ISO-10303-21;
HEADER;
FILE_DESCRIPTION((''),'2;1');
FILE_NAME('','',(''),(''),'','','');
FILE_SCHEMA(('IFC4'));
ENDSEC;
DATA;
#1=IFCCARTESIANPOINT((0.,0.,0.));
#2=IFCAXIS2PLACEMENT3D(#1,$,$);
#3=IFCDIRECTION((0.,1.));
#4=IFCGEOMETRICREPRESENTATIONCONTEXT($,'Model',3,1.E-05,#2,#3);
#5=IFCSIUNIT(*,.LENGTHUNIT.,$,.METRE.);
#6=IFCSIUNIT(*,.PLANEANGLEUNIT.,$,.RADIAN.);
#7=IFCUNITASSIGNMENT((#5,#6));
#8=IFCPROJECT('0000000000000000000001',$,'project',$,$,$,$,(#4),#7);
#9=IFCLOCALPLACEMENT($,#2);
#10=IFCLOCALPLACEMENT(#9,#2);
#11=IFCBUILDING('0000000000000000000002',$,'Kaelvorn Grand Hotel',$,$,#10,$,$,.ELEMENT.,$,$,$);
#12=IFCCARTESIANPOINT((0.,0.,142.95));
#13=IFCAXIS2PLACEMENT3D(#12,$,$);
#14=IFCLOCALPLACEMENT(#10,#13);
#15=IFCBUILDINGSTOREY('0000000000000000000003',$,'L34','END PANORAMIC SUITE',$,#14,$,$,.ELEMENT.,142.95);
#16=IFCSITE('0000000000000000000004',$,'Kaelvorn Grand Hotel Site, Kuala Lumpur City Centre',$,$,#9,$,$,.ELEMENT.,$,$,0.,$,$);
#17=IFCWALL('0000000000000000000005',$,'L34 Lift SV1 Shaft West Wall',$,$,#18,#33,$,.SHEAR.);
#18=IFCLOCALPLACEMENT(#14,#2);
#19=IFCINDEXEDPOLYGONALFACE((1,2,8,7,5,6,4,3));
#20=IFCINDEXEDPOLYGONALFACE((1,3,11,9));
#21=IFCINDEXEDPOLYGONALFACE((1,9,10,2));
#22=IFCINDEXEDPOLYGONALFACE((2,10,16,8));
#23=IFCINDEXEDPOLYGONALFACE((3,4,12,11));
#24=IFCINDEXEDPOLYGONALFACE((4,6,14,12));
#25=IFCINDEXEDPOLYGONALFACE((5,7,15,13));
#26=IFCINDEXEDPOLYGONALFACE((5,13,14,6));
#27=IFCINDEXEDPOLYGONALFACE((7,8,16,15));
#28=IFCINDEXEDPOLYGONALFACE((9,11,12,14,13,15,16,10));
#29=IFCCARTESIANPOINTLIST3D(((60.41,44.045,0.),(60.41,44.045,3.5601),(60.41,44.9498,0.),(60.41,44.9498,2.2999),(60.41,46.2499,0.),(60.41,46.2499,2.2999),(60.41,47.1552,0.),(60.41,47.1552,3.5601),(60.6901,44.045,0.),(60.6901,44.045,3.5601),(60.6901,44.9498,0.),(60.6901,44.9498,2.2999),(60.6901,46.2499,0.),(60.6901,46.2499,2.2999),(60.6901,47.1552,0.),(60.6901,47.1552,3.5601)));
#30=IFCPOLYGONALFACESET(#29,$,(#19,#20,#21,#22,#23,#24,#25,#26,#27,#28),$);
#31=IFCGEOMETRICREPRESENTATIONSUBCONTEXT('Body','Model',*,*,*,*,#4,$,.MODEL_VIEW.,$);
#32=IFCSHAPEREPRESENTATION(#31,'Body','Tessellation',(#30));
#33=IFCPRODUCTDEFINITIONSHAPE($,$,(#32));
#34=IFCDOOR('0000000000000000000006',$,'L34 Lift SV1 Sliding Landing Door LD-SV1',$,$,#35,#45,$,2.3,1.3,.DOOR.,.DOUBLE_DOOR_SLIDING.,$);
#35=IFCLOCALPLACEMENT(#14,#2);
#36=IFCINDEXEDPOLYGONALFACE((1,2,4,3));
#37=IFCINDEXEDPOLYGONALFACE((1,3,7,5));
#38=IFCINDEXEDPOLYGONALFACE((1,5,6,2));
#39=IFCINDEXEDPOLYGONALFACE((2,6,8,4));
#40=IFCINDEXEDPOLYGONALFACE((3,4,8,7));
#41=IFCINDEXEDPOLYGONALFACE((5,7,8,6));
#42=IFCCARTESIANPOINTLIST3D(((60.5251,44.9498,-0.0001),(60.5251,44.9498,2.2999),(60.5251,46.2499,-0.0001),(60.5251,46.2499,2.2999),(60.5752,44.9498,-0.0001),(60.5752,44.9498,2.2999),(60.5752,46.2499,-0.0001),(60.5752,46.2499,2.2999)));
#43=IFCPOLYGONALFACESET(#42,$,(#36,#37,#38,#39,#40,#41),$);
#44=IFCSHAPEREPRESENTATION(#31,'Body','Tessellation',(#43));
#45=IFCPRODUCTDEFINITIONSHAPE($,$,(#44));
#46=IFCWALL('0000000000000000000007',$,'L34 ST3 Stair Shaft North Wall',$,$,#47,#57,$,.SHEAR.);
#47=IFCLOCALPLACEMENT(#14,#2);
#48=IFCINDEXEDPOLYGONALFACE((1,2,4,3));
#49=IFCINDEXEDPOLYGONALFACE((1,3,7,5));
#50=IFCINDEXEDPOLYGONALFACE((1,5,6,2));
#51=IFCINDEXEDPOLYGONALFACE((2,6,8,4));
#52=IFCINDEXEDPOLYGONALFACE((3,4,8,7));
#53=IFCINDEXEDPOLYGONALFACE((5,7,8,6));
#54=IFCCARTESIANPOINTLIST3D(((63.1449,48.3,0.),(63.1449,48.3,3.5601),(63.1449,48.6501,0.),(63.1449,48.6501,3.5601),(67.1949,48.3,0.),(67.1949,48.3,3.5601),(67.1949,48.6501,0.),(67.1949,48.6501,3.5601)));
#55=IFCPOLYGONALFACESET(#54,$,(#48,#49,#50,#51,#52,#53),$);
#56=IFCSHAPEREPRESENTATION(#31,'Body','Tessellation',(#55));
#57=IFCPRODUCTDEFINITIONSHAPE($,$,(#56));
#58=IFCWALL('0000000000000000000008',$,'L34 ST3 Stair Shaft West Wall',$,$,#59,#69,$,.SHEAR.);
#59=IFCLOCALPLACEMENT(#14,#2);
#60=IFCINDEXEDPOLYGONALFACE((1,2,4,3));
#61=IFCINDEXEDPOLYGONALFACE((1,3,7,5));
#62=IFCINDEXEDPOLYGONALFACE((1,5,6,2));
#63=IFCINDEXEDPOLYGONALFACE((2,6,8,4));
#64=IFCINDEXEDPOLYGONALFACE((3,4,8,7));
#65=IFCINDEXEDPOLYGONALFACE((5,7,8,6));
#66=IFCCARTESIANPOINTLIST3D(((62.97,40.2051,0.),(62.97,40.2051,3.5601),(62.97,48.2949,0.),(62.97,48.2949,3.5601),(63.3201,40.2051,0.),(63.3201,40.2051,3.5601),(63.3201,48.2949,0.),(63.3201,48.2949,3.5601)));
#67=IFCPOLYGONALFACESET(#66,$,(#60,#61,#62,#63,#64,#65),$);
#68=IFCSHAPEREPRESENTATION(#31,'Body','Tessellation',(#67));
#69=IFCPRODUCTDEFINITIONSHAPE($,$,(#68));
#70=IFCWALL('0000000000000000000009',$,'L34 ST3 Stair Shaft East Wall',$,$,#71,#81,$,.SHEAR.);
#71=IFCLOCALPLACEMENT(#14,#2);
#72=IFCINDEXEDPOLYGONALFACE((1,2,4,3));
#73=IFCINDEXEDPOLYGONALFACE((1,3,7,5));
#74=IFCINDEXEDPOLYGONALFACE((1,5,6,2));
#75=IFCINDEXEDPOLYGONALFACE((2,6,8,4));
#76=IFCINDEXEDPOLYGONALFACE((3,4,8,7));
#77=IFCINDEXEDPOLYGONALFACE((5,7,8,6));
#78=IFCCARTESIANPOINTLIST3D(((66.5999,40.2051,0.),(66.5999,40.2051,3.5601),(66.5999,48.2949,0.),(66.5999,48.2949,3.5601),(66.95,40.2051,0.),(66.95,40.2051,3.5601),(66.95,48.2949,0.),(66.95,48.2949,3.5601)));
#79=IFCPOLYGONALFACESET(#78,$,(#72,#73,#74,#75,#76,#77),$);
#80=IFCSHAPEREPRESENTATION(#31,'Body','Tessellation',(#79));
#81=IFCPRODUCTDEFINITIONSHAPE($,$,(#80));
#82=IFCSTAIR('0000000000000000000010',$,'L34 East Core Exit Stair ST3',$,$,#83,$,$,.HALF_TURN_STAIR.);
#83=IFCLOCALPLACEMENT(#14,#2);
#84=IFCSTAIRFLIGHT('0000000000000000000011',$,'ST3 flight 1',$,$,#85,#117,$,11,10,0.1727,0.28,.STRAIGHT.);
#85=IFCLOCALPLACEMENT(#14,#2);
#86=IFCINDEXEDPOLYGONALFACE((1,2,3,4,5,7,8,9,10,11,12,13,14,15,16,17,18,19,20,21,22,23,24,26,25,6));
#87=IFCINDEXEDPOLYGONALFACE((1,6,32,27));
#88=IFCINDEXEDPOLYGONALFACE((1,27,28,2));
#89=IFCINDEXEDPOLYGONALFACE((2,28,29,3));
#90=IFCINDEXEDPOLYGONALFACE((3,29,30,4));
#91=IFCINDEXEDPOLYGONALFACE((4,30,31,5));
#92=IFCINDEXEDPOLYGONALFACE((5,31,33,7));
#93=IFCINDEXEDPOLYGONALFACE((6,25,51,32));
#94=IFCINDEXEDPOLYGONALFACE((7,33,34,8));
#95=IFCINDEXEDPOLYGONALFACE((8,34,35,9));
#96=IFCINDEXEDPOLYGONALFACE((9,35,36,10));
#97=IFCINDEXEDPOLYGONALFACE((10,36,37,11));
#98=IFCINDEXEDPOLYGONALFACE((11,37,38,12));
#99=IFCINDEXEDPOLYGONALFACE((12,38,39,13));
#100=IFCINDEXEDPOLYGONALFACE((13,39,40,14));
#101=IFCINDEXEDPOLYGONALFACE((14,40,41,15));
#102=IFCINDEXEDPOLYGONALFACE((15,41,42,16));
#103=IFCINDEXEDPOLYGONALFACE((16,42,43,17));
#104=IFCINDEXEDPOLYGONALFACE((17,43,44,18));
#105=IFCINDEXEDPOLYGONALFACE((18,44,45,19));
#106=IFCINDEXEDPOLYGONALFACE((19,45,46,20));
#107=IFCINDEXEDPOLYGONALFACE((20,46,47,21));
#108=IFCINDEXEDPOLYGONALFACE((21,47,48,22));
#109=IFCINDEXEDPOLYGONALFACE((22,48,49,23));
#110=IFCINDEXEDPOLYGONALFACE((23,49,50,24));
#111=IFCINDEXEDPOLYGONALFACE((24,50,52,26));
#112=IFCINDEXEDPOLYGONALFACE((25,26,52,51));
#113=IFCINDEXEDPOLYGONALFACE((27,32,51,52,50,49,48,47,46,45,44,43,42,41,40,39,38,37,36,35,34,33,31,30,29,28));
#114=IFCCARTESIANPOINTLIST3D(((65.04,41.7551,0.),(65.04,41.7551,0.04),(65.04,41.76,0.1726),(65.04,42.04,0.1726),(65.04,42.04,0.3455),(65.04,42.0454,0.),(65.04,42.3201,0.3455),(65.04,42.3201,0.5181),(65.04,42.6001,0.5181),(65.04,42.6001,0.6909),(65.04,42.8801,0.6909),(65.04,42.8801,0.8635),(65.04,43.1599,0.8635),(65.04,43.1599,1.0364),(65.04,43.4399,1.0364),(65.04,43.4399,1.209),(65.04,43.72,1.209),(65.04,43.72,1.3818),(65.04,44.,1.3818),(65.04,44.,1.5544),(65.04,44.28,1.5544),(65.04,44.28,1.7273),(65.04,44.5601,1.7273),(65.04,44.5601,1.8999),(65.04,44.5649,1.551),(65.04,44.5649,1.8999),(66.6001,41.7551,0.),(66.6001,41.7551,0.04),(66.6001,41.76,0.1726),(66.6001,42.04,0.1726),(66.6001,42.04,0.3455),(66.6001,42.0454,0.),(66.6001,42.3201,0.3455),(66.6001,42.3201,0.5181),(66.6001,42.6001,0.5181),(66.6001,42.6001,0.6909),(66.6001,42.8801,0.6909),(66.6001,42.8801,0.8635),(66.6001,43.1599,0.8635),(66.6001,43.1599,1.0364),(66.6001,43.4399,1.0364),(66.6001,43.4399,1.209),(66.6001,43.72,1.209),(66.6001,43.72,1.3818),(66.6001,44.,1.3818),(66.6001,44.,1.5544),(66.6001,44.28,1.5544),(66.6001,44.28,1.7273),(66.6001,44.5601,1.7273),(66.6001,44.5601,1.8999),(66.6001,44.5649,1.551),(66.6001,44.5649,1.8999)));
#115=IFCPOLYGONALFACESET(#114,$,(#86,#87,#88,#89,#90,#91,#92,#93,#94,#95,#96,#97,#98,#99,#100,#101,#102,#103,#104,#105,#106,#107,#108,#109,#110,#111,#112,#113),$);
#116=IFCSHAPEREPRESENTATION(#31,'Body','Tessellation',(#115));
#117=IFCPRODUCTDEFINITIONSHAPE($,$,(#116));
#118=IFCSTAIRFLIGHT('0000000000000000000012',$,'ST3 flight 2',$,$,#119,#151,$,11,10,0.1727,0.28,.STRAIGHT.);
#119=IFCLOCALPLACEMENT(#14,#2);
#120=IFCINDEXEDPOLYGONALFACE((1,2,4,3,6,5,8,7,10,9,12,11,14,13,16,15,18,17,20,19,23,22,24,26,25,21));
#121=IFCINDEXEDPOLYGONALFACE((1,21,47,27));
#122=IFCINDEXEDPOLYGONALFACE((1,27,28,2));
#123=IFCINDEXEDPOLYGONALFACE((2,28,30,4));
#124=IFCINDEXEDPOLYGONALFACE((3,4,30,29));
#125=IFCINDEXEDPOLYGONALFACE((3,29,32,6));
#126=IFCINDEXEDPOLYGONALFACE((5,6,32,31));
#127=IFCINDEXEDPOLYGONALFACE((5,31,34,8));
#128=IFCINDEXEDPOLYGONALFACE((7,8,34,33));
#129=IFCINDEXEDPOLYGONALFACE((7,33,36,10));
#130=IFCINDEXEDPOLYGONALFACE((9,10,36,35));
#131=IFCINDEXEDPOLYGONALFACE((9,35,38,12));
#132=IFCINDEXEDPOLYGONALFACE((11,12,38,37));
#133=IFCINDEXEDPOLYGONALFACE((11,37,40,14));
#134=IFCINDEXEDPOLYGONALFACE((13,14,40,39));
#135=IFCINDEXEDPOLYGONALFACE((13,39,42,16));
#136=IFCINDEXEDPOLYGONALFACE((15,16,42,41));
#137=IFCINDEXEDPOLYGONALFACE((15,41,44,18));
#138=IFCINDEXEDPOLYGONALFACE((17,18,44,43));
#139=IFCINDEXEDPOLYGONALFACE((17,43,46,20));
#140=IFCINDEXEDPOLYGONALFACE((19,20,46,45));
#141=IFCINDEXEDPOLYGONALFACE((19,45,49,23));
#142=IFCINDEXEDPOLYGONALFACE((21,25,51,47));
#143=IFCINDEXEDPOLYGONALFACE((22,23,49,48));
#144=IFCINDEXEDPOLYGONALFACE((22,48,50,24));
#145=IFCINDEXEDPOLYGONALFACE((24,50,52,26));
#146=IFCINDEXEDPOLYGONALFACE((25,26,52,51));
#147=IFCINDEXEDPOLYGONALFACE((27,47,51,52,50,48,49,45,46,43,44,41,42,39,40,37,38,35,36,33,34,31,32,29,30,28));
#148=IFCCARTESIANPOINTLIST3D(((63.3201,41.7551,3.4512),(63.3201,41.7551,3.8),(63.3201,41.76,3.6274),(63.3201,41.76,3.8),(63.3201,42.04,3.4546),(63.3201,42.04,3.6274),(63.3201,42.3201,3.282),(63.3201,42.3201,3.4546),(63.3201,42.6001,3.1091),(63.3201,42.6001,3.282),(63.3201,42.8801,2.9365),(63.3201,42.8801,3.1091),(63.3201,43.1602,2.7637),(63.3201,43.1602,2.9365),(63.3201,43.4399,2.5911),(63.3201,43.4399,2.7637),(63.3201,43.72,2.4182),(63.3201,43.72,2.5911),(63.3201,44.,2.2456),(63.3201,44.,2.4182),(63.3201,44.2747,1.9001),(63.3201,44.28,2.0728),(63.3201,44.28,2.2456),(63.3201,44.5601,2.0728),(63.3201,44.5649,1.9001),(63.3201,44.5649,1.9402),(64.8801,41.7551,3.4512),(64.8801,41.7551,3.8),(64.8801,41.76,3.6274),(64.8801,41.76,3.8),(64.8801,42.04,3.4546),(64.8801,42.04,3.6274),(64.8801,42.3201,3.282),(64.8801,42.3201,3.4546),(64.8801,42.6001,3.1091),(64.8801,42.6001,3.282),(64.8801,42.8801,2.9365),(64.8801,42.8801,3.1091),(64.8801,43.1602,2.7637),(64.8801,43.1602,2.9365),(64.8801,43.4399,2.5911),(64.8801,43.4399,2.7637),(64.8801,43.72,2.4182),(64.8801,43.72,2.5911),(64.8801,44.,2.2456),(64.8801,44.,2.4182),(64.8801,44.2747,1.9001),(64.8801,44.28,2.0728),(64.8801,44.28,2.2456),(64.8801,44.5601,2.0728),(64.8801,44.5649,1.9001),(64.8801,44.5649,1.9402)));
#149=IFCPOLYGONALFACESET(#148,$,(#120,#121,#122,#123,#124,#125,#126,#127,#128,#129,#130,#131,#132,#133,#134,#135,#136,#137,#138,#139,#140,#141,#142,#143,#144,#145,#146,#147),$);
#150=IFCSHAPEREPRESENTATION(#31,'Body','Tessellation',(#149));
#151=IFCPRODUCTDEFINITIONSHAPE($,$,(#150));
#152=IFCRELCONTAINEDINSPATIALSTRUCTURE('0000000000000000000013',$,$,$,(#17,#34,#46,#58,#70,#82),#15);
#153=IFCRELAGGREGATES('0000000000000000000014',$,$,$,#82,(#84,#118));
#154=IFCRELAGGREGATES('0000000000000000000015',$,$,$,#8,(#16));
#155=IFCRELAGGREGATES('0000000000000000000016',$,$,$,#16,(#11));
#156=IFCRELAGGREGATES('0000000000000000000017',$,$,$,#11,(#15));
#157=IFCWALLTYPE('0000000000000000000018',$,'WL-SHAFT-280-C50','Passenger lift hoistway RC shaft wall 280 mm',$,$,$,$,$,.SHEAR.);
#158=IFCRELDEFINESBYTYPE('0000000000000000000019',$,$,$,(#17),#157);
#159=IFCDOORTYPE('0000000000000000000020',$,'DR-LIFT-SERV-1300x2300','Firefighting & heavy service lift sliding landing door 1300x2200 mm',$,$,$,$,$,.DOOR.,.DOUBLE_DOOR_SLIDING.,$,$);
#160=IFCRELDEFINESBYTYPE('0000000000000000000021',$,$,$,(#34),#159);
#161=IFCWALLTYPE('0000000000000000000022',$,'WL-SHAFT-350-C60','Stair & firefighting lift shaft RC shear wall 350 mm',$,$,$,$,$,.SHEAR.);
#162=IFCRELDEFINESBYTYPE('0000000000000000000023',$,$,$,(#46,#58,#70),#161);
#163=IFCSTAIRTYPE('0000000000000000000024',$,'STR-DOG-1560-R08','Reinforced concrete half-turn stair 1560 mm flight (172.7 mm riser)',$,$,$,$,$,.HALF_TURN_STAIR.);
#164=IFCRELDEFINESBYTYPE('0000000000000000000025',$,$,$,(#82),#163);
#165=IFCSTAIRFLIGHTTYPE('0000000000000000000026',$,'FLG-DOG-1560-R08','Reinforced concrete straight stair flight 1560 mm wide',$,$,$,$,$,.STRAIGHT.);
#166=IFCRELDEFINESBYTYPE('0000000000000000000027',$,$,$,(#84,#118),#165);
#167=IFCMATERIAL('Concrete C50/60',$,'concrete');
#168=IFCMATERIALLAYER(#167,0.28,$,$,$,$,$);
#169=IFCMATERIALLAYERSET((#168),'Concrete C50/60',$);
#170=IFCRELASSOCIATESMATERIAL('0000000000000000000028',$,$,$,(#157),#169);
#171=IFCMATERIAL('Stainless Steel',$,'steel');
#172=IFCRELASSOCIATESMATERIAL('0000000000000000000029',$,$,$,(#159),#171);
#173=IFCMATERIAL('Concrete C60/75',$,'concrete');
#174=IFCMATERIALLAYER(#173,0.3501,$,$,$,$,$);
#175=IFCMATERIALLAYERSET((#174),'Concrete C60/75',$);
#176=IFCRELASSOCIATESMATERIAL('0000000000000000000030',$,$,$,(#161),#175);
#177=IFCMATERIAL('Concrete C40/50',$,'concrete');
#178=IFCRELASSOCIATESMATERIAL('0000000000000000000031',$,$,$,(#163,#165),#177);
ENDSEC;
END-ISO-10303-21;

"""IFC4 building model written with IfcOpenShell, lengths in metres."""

from ifc_helpers import new_model, si_unit, direction, frame, frame_2d, origin, place, context, subcontext, project, spatial, polyline, rectangle, outline, extrude, material, layer, layer_set, type_object, element, fill, aggregate, save


model = new_model("IFC4")

# Units and contexts
model_context = context("Model", 3, precision=1e-05, world=origin(), true_north=direction((0.0, 1.0)))
body_context = subcontext(model_context, "Body", "Model", "MODEL_VIEW")
ifc_project = project(units=[si_unit("LENGTHUNIT", "METRE"), si_unit("PLANEANGLEUNIT", "RADIAN")], contexts=[model_context])

# Site, building, storey
site_placement = place(None, origin())
site = spatial("IfcSite", under=ifc_project, at=site_placement, Name="Kaelvorn Grand Hotel Site, Kuala Lumpur City Centre", CompositionType="ELEMENT", RefElevation=0.0)
building_placement = place(site_placement, origin())
building = spatial("IfcBuilding", under=site, at=building_placement, Name="Kaelvorn Grand Hotel", CompositionType="ELEMENT")
storey_placement = place(building_placement, frame((0.0, 0.0, 142.95)))
storey = spatial("IfcBuildingStorey", under=building, at=storey_placement, Name="L34", Description="END PANORAMIC SUITE", CompositionType="ELEMENT", Elevation=142.95)

# Shared definitions
ifc_material_1 = material(Name="Concrete C60/75", Category="concrete")

# Shared definitions
ifc_material_2 = material(Name="Concrete C50/60", Category="concrete")

# Shared definitions
ifc_material_3 = material(Name="Concrete C40/50", Category="concrete")
ifc_layer_1 = layer(ifc_material_2, 0.28)
ifc_layer_set_1 = layer_set([ifc_layer_1], Name="Concrete C50/60")
wall_type_1 = type_object("IfcWallType", Name="WL-SHAFT-280-C50", Description="Passenger lift hoistway RC shaft wall 280 mm", PredefinedType="SHEAR", material=ifc_layer_set_1)

# Wall, opening, door
wall_1_placement = place(storey_placement, frame((60.55, 44.0449, 0.0), z_axis=(0.0, 0.0, 1.0), x_axis=(0.0, 1.0, 0.0)))
wall_1 = element("IfcWall", 1, at=wall_1_placement, inside=storey, type_object=wall_type_1, Name="L34 Lift SV1 Shaft West Wall", PredefinedType="SHEAR", context=body_context, shape_type="SweptSolid", body=[
    extrude(rectangle(XDim=3.1101, YDim=0.28, at=frame_2d((1.5552, 0.0))), origin(), (0.0, 0.0, 1.0), 3.5601),
])
opening_1_placement = place(wall_1_placement, frame((0.905, 0.0, 0.0)))
opening_1 = element("IfcOpeningElement", 2, at=opening_1_placement, cuts=wall_1, PredefinedType="OPENING", context=body_context, shape_type="SweptSolid", body=[
    extrude(rectangle(XDim=1.3, YDim=2.3, at=frame_2d((0.6499, 1.1499))), frame((0.0, 0.1499, 0.0), z_axis=(0.0, -1.0, 0.0), x_axis=(1.0, 0.0, 0.0)), (0.0, 0.0, 1.0), 0.3),
])
ifc_material_4 = material(Name="Stainless Steel", Category="steel")
door_type_1 = type_object("IfcDoorType", Name="DR-LIFT-SERV-1300x2300", Description="Firefighting & heavy service lift sliding landing door 1300x2200 mm", OperationType="DOUBLE_DOOR_SLIDING", PredefinedType="DOOR", material=ifc_material_4)
door_1_placement = place(opening_1_placement, origin())
door_1 = element("IfcDoor", 3, at=door_1_placement, inside=storey, type_object=door_type_1, Name="L34 Lift SV1 Sliding Landing Door LD-SV1", OperationType="DOUBLE_DOOR_SLIDING", OverallHeight=2.3, OverallWidth=1.3, PredefinedType="DOOR", context=body_context, shape_type="SweptSolid", body=[
    extrude(rectangle(XDim=1.3, YDim=2.3, at=frame_2d((0.6499, 1.1499))), frame((0.0, 0.0249, 0.0), z_axis=(0.0, -1.0, 0.0), x_axis=(1.0, 0.0, 0.0)), (0.0, 0.0, 1.0), 0.05),
])
fill(opening_1, door_1)
ifc_layer_2 = layer(ifc_material_1, 0.3501)
ifc_layer_set_2 = layer_set([ifc_layer_2], Name="Concrete C60/75")
wall_type_2 = type_object("IfcWallType", Name="WL-SHAFT-350-C60", Description="Stair & firefighting lift shaft RC shear wall 350 mm", PredefinedType="SHEAR", material=ifc_layer_set_2)

# Walls
wall_2_placement = place(storey_placement, frame((63.145, 48.4751, 0.0), z_axis=(0.0, 0.0, 1.0), x_axis=(1.0, 0.0, 0.0)))
element("IfcWall", 4, at=wall_2_placement, inside=storey, type_object=wall_type_2, Name="L34 ST3 Stair Shaft North Wall", PredefinedType="SHEAR", context=body_context, shape_type="SweptSolid", body=[
    extrude(rectangle(XDim=4.05, YDim=0.3501, at=frame_2d((2.0249, 0.0))), origin(), (0.0, 0.0, 1.0), 3.5601),
])
for number, where, z_axis, x_axis, name in (
    (5, (63.145, 40.2051, 0.0), (0.0, 0.0, 1.0), (0.0, 1.0, 0.0), "L34 ST3 Stair Shaft West Wall"),
    (6, (66.7749, 40.2051, 0.0), (0.0, 0.0, 1.0), (0.0, 1.0, 0.0), "L34 ST3 Stair Shaft East Wall"),
):
    element("IfcWall", number, at=place(storey_placement, frame(where, z_axis=z_axis, x_axis=x_axis)), inside=storey, type_object=wall_type_2, Name=name, PredefinedType="SHEAR", context=body_context, shape_type="SweptSolid", body=[
        extrude(rectangle(XDim=8.0898, YDim=0.3501, at=frame_2d((4.0449, 0.0))), origin(), (0.0, 0.0, 1.0), 3.5601),
    ])

# Stair, stair flights
stair_type = type_object("IfcStairType", Name="STR-DOG-1560-R08", Description="Reinforced concrete half-turn stair 1560 mm flight (172.7 mm riser)", PredefinedType="HALF_TURN_STAIR", material=ifc_material_3)
stair_placement = place(storey_placement, origin())
stair = element("IfcStair", 7, at=stair_placement, inside=storey, type_object=stair_type, Name="L34 East Core Exit Stair ST3", PredefinedType="HALF_TURN_STAIR")
stair_flight_type = type_object("IfcStairFlightType", Name="FLG-DOG-1560-R08", Description="Reinforced concrete straight stair flight 1560 mm wide", PredefinedType="STRAIGHT", material=ifc_material_3)
stair_flight_1_placement = place(storey_placement, frame((65.8201, 41.76, 0.0), z_axis=(0.0, 0.0, 1.0), x_axis=(0.0, 1.0, 0.0)))
stair_flight_1 = element("IfcStairFlight", 8, at=stair_flight_1_placement, type_object=stair_flight_type, Name="ST3 flight 1", NumberOfRisers=11, NumberOfTreads=10, PredefinedType="STRAIGHT", RiserHeight=0.1727, TreadLength=0.28, context=body_context, shape_type="SweptSolid", body=[
    extrude(outline(polyline([(-0.0049, 0.0), (-0.0049, 0.04), (0.0, 0.1726), (0.28, 0.1726), (0.28, 0.3455), (0.5601, 0.3455), (0.5601, 0.5181), (0.8401, 0.5181), (0.8401, 0.6909), (1.1201, 0.6909), (1.1201, 0.8635), (1.3999, 0.8635), (1.3999, 1.0364), (1.6799, 1.0364), (1.6799, 1.209), (1.96, 1.209), (1.96, 1.3818), (2.24, 1.3818), (2.24, 1.5544), (2.52, 1.5544), (2.52, 1.7273), (2.8, 1.7273), (2.8, 1.8999), (2.8049, 1.8999), (2.8049, 1.551), (0.2854, 0.0), (-0.0049, 0.0)])), frame((0.0, 0.78, 0.0), z_axis=(0.0, -1.0, 0.0), x_axis=(1.0, 0.0, 0.0)), (0.0, 0.0, 1.0), 1.5601),
])
stair_flight_2_placement = place(storey_placement, frame((64.1001, 44.5601, 1.9001), z_axis=(0.0, 0.0, 1.0), x_axis=(0.0, -1.0, 0.0)))
stair_flight_2 = element("IfcStairFlight", 9, at=stair_flight_2_placement, type_object=stair_flight_type, Name="ST3 flight 2", NumberOfRisers=11, NumberOfTreads=10, PredefinedType="STRAIGHT", RiserHeight=0.1727, TreadLength=0.28, context=body_context, shape_type="SweptSolid", body=[
    extrude(outline(polyline([(-0.0049, 0.0), (-0.0049, 0.04), (0.0, 0.1726), (0.28, 0.1726), (0.28, 0.3455), (0.5601, 0.3455), (0.5601, 0.5181), (0.8401, 0.5181), (0.8401, 0.6909), (1.1201, 0.6909), (1.1201, 0.8635), (1.3999, 0.8635), (1.3999, 1.0364), (1.6799, 1.0364), (1.6799, 1.209), (1.96, 1.209), (1.96, 1.3818), (2.24, 1.3818), (2.24, 1.5544), (2.52, 1.5544), (2.52, 1.7273), (2.8, 1.7273), (2.8, 1.8999), (2.8049, 1.8999), (2.8049, 1.551), (0.2854, 0.0), (-0.0049, 0.0)])), frame((0.0, 0.78, 0.0), z_axis=(0.0, -1.0, 0.0), x_axis=(1.0, 0.0, 0.0)), (0.0, 0.0, 1.0), 1.5601),
])
aggregate(stair, [stair_flight_1, stair_flight_2])

save(model, "model.ifc")
